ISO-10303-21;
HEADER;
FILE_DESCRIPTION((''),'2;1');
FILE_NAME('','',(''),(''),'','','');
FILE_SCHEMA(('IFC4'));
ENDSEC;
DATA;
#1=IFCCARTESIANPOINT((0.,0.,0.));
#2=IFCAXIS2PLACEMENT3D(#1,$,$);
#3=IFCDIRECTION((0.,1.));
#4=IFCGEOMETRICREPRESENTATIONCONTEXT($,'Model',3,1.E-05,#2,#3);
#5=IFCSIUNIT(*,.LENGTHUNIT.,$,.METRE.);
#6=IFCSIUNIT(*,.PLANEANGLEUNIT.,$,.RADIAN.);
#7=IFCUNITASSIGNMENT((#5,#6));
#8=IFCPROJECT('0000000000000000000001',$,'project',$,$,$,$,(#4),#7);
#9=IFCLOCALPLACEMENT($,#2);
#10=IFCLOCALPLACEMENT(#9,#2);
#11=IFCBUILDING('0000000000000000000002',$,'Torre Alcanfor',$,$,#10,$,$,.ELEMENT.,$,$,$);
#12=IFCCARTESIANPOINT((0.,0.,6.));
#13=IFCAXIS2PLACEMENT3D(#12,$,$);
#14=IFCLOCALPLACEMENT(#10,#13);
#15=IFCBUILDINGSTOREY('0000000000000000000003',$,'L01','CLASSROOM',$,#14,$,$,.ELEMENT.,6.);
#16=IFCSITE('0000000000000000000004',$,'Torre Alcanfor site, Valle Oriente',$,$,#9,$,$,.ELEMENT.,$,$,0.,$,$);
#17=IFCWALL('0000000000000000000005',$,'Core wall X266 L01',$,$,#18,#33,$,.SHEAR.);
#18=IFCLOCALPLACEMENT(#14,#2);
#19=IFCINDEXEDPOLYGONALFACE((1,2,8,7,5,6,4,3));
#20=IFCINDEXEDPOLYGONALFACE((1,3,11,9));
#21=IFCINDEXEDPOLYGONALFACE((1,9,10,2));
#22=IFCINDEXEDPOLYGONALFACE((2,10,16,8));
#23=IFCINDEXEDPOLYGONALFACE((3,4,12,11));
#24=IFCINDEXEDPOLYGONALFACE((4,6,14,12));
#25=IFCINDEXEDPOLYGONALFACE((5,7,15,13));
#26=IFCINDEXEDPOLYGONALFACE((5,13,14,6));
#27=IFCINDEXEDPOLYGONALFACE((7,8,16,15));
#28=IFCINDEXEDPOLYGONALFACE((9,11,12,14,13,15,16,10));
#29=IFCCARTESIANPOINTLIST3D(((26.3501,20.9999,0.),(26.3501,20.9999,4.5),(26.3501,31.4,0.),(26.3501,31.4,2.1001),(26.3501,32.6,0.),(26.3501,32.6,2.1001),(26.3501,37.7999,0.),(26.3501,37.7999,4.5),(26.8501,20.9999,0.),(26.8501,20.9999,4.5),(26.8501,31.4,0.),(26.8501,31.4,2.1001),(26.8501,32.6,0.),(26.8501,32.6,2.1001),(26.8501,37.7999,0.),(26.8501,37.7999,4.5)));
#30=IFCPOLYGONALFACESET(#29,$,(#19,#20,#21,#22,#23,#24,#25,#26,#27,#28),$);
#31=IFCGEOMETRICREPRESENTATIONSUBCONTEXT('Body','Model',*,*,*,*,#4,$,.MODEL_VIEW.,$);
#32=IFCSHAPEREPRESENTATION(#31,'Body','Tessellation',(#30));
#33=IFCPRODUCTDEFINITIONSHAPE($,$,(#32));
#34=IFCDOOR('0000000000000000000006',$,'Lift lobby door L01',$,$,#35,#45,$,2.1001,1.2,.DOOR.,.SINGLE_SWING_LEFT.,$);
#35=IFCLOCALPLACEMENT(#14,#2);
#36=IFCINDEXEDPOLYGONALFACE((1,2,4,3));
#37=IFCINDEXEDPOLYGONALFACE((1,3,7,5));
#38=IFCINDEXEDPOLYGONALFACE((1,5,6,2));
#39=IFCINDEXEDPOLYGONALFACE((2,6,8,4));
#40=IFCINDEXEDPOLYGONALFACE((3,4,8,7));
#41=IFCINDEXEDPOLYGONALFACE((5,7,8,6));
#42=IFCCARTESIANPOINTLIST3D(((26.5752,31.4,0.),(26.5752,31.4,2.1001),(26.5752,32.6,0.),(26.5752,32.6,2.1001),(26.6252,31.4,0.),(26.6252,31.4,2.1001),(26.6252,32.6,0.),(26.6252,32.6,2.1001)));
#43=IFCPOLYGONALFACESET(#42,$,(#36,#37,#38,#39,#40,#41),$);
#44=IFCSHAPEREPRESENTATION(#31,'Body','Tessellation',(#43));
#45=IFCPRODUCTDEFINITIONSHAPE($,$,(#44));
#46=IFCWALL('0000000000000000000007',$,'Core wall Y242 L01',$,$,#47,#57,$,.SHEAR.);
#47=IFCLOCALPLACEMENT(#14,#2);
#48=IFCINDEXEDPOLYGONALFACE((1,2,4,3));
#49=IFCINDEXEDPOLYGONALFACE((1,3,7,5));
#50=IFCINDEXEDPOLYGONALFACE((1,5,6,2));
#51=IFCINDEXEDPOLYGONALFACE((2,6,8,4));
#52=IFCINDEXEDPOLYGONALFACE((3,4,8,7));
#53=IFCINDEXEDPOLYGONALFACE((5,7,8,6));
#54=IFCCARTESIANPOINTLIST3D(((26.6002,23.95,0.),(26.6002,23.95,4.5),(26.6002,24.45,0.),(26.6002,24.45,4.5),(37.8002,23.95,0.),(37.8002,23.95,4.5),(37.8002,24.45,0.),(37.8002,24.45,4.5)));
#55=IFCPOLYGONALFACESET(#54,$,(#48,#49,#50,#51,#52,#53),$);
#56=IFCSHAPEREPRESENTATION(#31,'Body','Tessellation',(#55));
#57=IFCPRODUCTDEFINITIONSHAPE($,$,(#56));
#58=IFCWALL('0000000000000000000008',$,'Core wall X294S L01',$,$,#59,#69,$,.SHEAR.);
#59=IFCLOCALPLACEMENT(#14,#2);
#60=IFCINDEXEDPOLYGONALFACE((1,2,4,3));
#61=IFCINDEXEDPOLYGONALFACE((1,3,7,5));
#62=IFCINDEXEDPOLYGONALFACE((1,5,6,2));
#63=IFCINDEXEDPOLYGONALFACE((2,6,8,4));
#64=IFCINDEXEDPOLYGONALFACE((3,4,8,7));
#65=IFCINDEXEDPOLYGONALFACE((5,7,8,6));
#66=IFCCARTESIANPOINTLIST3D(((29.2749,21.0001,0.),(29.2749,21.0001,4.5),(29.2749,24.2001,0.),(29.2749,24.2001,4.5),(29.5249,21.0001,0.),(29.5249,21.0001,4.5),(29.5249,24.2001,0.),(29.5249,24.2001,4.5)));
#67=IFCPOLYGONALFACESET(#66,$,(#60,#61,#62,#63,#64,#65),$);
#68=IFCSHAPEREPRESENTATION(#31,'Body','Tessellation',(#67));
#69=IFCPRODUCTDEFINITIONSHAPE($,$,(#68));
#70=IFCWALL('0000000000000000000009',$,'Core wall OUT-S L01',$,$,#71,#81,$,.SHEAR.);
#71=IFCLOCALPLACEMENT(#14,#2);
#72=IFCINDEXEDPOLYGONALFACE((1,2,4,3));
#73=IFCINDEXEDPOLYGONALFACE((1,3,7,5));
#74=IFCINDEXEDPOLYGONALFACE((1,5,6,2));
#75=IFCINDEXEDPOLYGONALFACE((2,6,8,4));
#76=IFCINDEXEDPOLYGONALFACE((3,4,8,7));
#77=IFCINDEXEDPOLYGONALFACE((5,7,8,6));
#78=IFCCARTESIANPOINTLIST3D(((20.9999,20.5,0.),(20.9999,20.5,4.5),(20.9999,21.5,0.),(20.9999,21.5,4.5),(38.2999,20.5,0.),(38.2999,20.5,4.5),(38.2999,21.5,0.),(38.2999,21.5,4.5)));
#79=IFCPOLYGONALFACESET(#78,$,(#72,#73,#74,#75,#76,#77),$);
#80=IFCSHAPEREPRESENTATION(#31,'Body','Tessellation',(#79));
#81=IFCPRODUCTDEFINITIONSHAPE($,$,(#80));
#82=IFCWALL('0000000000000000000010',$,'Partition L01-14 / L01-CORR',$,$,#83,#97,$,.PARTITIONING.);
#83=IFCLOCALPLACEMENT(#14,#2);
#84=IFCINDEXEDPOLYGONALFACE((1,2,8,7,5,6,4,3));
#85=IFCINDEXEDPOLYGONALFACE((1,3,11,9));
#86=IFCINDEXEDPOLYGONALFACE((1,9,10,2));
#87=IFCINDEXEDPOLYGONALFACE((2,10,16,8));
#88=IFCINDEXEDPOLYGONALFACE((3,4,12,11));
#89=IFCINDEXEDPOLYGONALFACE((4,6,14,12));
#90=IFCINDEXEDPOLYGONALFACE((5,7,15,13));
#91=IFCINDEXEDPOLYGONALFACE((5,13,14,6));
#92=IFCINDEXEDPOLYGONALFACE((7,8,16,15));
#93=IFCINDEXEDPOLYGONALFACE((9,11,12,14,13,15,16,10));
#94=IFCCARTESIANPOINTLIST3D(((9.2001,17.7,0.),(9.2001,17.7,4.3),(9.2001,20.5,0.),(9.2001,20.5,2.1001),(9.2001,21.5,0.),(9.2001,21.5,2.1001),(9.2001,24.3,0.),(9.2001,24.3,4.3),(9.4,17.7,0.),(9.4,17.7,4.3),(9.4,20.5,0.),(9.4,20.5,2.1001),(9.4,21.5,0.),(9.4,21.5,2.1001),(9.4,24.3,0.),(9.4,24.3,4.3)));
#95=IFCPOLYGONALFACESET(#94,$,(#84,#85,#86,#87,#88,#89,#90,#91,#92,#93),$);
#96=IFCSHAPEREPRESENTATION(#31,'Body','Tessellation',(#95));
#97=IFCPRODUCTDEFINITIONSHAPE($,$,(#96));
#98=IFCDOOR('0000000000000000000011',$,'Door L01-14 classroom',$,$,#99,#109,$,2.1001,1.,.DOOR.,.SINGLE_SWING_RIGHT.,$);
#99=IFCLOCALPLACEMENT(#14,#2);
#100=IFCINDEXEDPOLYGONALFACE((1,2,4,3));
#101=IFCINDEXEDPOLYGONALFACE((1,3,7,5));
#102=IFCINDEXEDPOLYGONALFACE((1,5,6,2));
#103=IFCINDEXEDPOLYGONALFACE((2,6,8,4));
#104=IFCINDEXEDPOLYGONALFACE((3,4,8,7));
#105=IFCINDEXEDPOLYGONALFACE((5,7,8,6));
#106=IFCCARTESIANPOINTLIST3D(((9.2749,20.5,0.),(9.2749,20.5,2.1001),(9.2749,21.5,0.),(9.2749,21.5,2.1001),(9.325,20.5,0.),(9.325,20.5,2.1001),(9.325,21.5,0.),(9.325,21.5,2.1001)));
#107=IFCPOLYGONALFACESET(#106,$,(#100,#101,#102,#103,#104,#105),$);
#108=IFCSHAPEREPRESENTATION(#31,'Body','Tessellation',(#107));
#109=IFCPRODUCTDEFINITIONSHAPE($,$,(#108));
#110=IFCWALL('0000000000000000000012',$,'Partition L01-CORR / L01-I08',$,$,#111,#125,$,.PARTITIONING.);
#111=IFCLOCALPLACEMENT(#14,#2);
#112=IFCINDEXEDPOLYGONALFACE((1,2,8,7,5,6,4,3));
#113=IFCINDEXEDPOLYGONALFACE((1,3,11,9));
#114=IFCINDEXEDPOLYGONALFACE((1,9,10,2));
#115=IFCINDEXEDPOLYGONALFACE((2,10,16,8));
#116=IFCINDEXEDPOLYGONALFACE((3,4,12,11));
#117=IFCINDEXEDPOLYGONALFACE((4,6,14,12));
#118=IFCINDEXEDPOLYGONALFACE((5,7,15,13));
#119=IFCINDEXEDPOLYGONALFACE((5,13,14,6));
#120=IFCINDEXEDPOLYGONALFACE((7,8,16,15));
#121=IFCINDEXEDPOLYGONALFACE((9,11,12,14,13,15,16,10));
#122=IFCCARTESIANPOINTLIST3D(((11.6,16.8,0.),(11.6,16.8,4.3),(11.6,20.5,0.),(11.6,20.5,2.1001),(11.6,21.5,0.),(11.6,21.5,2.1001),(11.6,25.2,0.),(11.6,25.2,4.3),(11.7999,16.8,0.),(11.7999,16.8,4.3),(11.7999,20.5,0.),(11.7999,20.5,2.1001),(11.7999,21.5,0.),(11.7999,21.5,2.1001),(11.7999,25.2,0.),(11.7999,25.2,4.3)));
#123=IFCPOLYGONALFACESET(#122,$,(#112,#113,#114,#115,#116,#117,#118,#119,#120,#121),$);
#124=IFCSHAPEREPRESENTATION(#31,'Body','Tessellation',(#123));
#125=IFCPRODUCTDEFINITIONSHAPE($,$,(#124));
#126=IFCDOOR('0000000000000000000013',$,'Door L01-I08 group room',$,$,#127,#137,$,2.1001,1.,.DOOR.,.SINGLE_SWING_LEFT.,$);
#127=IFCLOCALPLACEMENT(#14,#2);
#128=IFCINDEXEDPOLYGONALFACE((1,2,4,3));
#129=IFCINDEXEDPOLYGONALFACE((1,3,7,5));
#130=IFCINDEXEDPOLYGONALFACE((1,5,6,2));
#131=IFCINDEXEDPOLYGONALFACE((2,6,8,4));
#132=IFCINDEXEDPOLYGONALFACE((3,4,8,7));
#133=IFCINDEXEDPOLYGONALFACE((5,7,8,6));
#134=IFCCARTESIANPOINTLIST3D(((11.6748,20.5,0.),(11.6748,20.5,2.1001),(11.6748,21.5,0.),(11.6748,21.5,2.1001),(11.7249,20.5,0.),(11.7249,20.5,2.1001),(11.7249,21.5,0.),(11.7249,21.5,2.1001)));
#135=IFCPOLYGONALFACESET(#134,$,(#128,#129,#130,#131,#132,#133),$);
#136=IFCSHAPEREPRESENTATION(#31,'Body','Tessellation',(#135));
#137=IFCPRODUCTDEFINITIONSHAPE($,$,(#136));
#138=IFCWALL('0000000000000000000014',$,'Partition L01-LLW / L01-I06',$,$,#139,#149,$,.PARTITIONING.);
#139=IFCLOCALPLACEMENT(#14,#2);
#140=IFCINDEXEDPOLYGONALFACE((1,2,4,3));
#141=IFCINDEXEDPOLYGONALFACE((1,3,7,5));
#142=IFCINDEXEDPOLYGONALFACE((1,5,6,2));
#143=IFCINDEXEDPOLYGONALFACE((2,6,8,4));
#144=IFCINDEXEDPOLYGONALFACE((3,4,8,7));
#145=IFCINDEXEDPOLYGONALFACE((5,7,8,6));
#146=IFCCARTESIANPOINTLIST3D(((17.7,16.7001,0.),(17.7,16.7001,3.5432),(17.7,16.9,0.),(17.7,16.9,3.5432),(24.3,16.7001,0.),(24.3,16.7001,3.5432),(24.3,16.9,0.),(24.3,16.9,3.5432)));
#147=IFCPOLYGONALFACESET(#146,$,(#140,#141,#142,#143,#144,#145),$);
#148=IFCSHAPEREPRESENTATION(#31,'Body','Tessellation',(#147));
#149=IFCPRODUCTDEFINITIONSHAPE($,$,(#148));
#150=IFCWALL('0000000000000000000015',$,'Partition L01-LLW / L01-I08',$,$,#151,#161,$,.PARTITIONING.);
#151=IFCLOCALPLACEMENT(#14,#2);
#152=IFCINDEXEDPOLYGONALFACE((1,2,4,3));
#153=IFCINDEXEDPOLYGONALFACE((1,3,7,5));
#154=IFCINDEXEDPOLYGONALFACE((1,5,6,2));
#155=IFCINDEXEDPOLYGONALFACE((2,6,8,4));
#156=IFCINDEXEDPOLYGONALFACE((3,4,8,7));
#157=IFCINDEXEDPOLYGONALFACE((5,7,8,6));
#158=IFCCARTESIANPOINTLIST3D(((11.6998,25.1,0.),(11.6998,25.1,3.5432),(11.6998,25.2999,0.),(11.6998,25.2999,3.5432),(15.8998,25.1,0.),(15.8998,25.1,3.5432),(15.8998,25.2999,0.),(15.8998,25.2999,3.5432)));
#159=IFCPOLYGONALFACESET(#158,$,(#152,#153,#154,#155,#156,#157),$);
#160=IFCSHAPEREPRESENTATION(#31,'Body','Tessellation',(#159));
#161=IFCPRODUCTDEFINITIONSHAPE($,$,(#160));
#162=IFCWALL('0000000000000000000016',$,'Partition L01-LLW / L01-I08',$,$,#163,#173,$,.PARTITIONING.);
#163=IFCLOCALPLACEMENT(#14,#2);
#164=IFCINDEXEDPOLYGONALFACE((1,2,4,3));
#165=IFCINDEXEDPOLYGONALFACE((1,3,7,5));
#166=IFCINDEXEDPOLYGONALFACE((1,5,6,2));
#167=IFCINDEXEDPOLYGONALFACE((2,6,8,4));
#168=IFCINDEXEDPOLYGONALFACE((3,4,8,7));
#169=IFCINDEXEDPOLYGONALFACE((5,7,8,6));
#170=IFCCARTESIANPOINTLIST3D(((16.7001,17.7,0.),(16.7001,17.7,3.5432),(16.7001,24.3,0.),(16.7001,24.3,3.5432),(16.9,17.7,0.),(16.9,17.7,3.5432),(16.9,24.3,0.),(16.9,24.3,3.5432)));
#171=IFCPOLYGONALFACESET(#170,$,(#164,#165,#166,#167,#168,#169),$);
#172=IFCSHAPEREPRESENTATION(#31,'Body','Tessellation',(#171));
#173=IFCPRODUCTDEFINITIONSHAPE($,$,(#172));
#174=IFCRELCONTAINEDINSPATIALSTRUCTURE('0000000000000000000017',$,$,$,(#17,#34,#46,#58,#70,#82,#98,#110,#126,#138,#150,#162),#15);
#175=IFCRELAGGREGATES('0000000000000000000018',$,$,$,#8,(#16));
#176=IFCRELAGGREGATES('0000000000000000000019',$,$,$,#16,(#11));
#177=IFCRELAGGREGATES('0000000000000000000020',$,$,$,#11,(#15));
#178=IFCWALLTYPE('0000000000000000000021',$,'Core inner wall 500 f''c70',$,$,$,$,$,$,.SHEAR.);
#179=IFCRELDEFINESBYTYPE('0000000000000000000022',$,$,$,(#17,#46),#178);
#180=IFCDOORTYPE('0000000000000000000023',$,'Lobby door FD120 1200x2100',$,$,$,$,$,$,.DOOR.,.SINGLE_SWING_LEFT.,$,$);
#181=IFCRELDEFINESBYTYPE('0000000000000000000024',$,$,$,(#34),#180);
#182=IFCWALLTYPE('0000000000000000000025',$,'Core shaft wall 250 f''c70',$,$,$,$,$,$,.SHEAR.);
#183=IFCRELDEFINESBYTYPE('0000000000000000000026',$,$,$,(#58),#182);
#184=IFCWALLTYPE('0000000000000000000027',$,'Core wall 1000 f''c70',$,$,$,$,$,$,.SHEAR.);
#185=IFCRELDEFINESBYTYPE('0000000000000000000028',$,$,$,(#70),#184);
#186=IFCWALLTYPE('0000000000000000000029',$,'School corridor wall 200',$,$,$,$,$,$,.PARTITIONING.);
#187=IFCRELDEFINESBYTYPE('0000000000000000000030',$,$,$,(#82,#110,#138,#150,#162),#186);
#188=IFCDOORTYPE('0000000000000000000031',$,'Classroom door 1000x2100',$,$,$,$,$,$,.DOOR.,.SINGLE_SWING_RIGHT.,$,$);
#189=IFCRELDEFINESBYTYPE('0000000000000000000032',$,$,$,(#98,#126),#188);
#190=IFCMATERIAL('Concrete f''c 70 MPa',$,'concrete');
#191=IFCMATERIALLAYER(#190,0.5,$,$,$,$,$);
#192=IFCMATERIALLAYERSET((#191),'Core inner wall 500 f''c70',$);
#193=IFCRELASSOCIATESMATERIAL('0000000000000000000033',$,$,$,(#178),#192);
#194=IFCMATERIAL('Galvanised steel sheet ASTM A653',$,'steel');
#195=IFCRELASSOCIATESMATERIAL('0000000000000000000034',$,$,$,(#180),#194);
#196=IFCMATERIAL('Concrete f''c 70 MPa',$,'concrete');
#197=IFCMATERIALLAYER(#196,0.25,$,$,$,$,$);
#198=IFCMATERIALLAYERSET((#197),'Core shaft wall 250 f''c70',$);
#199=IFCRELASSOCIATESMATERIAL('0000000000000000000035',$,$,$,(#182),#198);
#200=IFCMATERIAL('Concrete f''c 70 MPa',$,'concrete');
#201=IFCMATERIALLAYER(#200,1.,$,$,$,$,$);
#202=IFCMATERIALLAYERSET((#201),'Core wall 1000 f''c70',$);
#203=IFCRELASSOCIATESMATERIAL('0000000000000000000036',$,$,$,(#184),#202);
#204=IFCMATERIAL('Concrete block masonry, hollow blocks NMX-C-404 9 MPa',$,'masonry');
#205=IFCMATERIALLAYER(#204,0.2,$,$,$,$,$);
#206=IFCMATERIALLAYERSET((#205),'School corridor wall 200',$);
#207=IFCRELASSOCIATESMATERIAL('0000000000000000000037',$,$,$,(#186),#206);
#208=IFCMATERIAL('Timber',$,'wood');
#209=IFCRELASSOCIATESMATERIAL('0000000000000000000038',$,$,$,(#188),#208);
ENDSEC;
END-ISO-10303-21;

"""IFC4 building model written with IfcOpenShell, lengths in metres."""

from ifc_helpers import new_model, si_unit, direction, frame, frame_2d, origin, place, context, subcontext, project, spatial, rectangle, extrude, material, layer, layer_set, type_object, element, fill, save


model = new_model("IFC4")

# Units and contexts
model_context = context("Model", 3, precision=1e-05, world=origin(), true_north=direction((0.0, 1.0)))
body_context = subcontext(model_context, "Body", "Model", "MODEL_VIEW")
ifc_project = project(units=[si_unit("LENGTHUNIT", "METRE"), si_unit("PLANEANGLEUNIT", "RADIAN")], contexts=[model_context])

# Site, building, storey
site_placement = place(None, origin())
site = spatial("IfcSite", under=ifc_project, at=site_placement, Name="Torre Alcanfor site, Valle Oriente", CompositionType="ELEMENT", RefElevation=0.0)
building_placement = place(site_placement, origin())
building = spatial("IfcBuilding", under=site, at=building_placement, Name="Torre Alcanfor", CompositionType="ELEMENT")
storey_placement = place(building_placement, frame((0.0, 0.0, 6.0)))
storey = spatial("IfcBuildingStorey", under=building, at=storey_placement, Name="L01", Description="CLASSROOM", CompositionType="ELEMENT", Elevation=6.0)

# Wall, opening, door
ifc_material_1 = material(Name="Concrete f'c 70 MPa", Category="concrete")
ifc_layer_1 = layer(ifc_material_1, 0.5)
ifc_layer_set_1 = layer_set([ifc_layer_1], Name="Core inner wall 500 f'c70")
wall_type_1 = type_object("IfcWallType", Name="Core inner wall 500 f'c70", PredefinedType="SHEAR", material=ifc_layer_set_1)
wall_1_placement = place(storey_placement, frame((26.6001, 21.0, 0.0), z_axis=(0.0, 0.0, 1.0), x_axis=(0.0, 1.0, 0.0)))
wall_1 = element("IfcWall", 1, at=wall_1_placement, inside=storey, type_object=wall_type_1, Name="Core wall X266 L01", PredefinedType="SHEAR", context=body_context, shape_type="SweptSolid", body=[
    extrude(rectangle(XDim=16.8, YDim=0.5, at=frame_2d((8.3999, 0.0))), origin(), (0.0, 0.0, 1.0), 4.5),
])
opening_1_placement = place(wall_1_placement, frame((10.3999, 0.0, 0.0)))
opening_1 = element("IfcOpeningElement", 2, at=opening_1_placement, cuts=wall_1, PredefinedType="OPENING", context=body_context, shape_type="SweptSolid", body=[
    extrude(rectangle(XDim=1.2, YDim=2.1001, at=frame_2d((0.6001, 1.05))), frame((0.0, 0.26, 0.0), z_axis=(0.0, -1.0, 0.0), x_axis=(1.0, 0.0, 0.0)), (0.0, 0.0, 1.0), 0.52),
])
ifc_material_2 = material(Name="Galvanised steel sheet ASTM A653", Category="steel")
door_type_1 = type_object("IfcDoorType", Name="Lobby door FD120 1200x2100", OperationType="SINGLE_SWING_LEFT", PredefinedType="DOOR", material=ifc_material_2)
door_1_placement = place(opening_1_placement, origin())
door_1 = element("IfcDoor", 3, at=door_1_placement, inside=storey, type_object=door_type_1, Name="Lift lobby door L01", OperationType="SINGLE_SWING_LEFT", OverallHeight=2.1001, OverallWidth=1.2, PredefinedType="DOOR", context=body_context, shape_type="SweptSolid", body=[
    extrude(rectangle(XDim=1.2, YDim=2.1001, at=frame_2d((0.6001, 1.05))), frame((0.0, 0.0249, 0.0), z_axis=(0.0, -1.0, 0.0), x_axis=(1.0, 0.0, 0.0)), (0.0, 0.0, 1.0), 0.05),
])
fill(opening_1, door_1)

# Walls
wall_2_placement = place(storey_placement, frame((26.6001, 24.2, 0.0), z_axis=(0.0, 0.0, 1.0), x_axis=(1.0, 0.0, 0.0)))
element("IfcWall", 4, at=wall_2_placement, inside=storey, type_object=wall_type_1, Name="Core wall Y242 L01", PredefinedType="SHEAR", context=body_context, shape_type="SweptSolid", body=[
    extrude(rectangle(XDim=11.2, YDim=0.5, at=frame_2d((5.6001, 0.0))), origin(), (0.0, 0.0, 1.0), 4.5),
])
ifc_material_3 = material(Name="Concrete f'c 70 MPa", Category="concrete")
ifc_layer_2 = layer(ifc_material_3, 0.25)
ifc_layer_set_2 = layer_set([ifc_layer_2], Name="Core shaft wall 250 f'c70")
wall_type_2 = type_object("IfcWallType", Name="Core shaft wall 250 f'c70", PredefinedType="SHEAR", material=ifc_layer_set_2)
wall_3_placement = place(storey_placement, frame((29.3999, 21.0, 0.0), z_axis=(0.0, 0.0, 1.0), x_axis=(0.0, 1.0, 0.0)))
element("IfcWall", 5, at=wall_3_placement, inside=storey, type_object=wall_type_2, Name="Core wall X294S L01", PredefinedType="SHEAR", context=body_context, shape_type="SweptSolid", body=[
    extrude(rectangle(XDim=3.2, YDim=0.25, at=frame_2d((1.6001, 0.0))), origin(), (0.0, 0.0, 1.0), 4.5),
])
ifc_material_4 = material(Name="Concrete f'c 70 MPa", Category="concrete")
ifc_layer_3 = layer(ifc_material_4, 1.0)
ifc_layer_set_3 = layer_set([ifc_layer_3], Name="Core wall 1000 f'c70")
wall_type_3 = type_object("IfcWallType", Name="Core wall 1000 f'c70", PredefinedType="SHEAR", material=ifc_layer_set_3)
wall_4_placement = place(storey_placement, frame((21.0, 21.0, 0.0), z_axis=(0.0, 0.0, 1.0), x_axis=(1.0, 0.0, 0.0)))
element("IfcWall", 6, at=wall_4_placement, inside=storey, type_object=wall_type_3, Name="Core wall OUT-S L01", PredefinedType="SHEAR", context=body_context, shape_type="SweptSolid", body=[
    extrude(rectangle(XDim=17.3, YDim=1.0, at=frame_2d((8.6499, 0.0))), origin(), (0.0, 0.0, 1.0), 4.5),
])

# Walls, openings, doors
ifc_material_5 = material(Name="Concrete block masonry, hollow blocks NMX-C-404 9 MPa", Category="masonry")
ifc_layer_4 = layer(ifc_material_5, 0.2)
ifc_layer_set_4 = layer_set([ifc_layer_4], Name="School corridor wall 200")
wall_type_4 = type_object("IfcWallType", Name="School corridor wall 200", PredefinedType="PARTITIONING", material=ifc_layer_set_4)
wall_5_placement = place(storey_placement, frame((9.3, 24.3, 0.0), z_axis=(0.0, 0.0, 1.0), x_axis=(0.0, -1.0, 0.0)))
wall_5 = element("IfcWall", 7, at=wall_5_placement, inside=storey, type_object=wall_type_4, Name="Partition L01-14 / L01-CORR", PredefinedType="PARTITIONING", context=body_context, shape_type="SweptSolid", body=[
    extrude(rectangle(XDim=6.6001, YDim=0.2, at=frame_2d((3.3, 0.0))), origin(), (0.0, 0.0, 1.0), 4.3),
])
opening_2_placement = place(wall_5_placement, frame((2.8, 0.0, 0.0)))
opening_2 = element("IfcOpeningElement", 8, at=opening_2_placement, cuts=wall_5, PredefinedType="OPENING", context=body_context, shape_type="SweptSolid", body=[
    extrude(rectangle(XDim=1.0, YDim=2.1001, at=frame_2d((0.5, 1.05))), frame((0.0, 0.1099, 0.0), z_axis=(0.0, -1.0, 0.0), x_axis=(1.0, 0.0, 0.0)), (0.0, 0.0, 1.0), 0.22),
])
ifc_material_6 = material(Name="Timber", Category="wood")
door_type_2 = type_object("IfcDoorType", Name="Classroom door 1000x2100", OperationType="SINGLE_SWING_RIGHT", PredefinedType="DOOR", material=ifc_material_6)
door_2_placement = place(opening_2_placement, frame((1.0, 0.0, 0.0), z_axis=(0.0, 0.0, 1.0), x_axis=(-1.0, 0.0, 0.0)))
door_2 = element("IfcDoor", 9, at=door_2_placement, inside=storey, type_object=door_type_2, Name="Door L01-14 classroom", OperationType="SINGLE_SWING_RIGHT", OverallHeight=2.1001, OverallWidth=1.0, PredefinedType="DOOR", context=body_context, shape_type="SweptSolid", body=[
    extrude(rectangle(XDim=1.0, YDim=2.1001, at=frame_2d((0.5, 1.05))), frame((0.0, 0.0251, 0.0), z_axis=(0.0, -1.0, 0.0), x_axis=(1.0, 0.0, 0.0)), (0.0, 0.0, 1.0), 0.05),
])
fill(opening_2, door_2)
wall_6_placement = place(storey_placement, frame((11.7, 25.2, 0.0), z_axis=(0.0, 0.0, 1.0), x_axis=(0.0, -1.0, 0.0)))
wall_6 = element("IfcWall", 10, at=wall_6_placement, inside=storey, type_object=wall_type_4, Name="Partition L01-CORR / L01-I08", PredefinedType="PARTITIONING", context=body_context, shape_type="SweptSolid", body=[
    extrude(rectangle(XDim=8.3999, YDim=0.2, at=frame_2d((4.2, 0.0))), origin(), (0.0, 0.0, 1.0), 4.3),
])
opening_3_placement = place(wall_6_placement, frame((3.7, 0.0, 0.0)))
opening_3 = element("IfcOpeningElement", 11, at=opening_3_placement, cuts=wall_6, PredefinedType="OPENING", context=body_context, shape_type="SweptSolid", body=[
    extrude(rectangle(XDim=1.0, YDim=2.1001, at=frame_2d((0.5, 1.05))), frame((0.0, 0.1099, 0.0), z_axis=(0.0, -1.0, 0.0), x_axis=(1.0, 0.0, 0.0)), (0.0, 0.0, 1.0), 0.22),
])
door_3_placement = place(opening_3_placement, origin())
door_3 = element("IfcDoor", 12, at=door_3_placement, inside=storey, type_object=door_type_2, Name="Door L01-I08 group room", OperationType="SINGLE_SWING_LEFT", OverallHeight=2.1001, OverallWidth=1.0, PredefinedType="DOOR", context=body_context, shape_type="SweptSolid", body=[
    extrude(rectangle(XDim=1.0, YDim=2.1001, at=frame_2d((0.5, 1.05))), frame((0.0, 0.0249, 0.0), z_axis=(0.0, -1.0, 0.0), x_axis=(1.0, 0.0, 0.0)), (0.0, 0.0, 1.0), 0.05),
])
fill(opening_3, door_3)

# Walls
wall_7_placement = place(storey_placement, frame((24.3, 16.8, 0.0), z_axis=(0.0, 0.0, 1.0), x_axis=(-1.0, 0.0, 0.0)))
element("IfcWall", 13, at=wall_7_placement, inside=storey, type_object=wall_type_4, Name="Partition L01-LLW / L01-I06", PredefinedType="PARTITIONING", context=body_context, shape_type="SweptSolid", body=[
    extrude(rectangle(XDim=6.6001, YDim=0.2, at=frame_2d((3.3, 0.0))), origin(), (0.0, 0.0, 1.0), 3.5432),
])
wall_8_placement = place(storey_placement, frame((15.8999, 25.2, 0.0), z_axis=(0.0, 0.0, 1.0), x_axis=(-1.0, 0.0, 0.0)))
element("IfcWall", 14, at=wall_8_placement, inside=storey, type_object=wall_type_4, Name="Partition L01-LLW / L01-I08", PredefinedType="PARTITIONING", context=body_context, shape_type="SweptSolid", body=[
    extrude(rectangle(XDim=4.2, YDim=0.2, at=frame_2d((2.1001, 0.0))), origin(), (0.0, 0.0, 1.0), 3.5432),
])
wall_9_placement = place(storey_placement, frame((16.8, 17.7, 0.0), z_axis=(0.0, 0.0, 1.0), x_axis=(0.0, 1.0, 0.0)))
element("IfcWall", 15, at=wall_9_placement, inside=storey, type_object=wall_type_4, Name="Partition L01-LLW / L01-I08", PredefinedType="PARTITIONING", context=body_context, shape_type="SweptSolid", body=[
    extrude(rectangle(XDim=6.6001, YDim=0.2, at=frame_2d((3.3, 0.0))), origin(), (0.0, 0.0, 1.0), 3.5432),
])

save(model, "model.ifc")
